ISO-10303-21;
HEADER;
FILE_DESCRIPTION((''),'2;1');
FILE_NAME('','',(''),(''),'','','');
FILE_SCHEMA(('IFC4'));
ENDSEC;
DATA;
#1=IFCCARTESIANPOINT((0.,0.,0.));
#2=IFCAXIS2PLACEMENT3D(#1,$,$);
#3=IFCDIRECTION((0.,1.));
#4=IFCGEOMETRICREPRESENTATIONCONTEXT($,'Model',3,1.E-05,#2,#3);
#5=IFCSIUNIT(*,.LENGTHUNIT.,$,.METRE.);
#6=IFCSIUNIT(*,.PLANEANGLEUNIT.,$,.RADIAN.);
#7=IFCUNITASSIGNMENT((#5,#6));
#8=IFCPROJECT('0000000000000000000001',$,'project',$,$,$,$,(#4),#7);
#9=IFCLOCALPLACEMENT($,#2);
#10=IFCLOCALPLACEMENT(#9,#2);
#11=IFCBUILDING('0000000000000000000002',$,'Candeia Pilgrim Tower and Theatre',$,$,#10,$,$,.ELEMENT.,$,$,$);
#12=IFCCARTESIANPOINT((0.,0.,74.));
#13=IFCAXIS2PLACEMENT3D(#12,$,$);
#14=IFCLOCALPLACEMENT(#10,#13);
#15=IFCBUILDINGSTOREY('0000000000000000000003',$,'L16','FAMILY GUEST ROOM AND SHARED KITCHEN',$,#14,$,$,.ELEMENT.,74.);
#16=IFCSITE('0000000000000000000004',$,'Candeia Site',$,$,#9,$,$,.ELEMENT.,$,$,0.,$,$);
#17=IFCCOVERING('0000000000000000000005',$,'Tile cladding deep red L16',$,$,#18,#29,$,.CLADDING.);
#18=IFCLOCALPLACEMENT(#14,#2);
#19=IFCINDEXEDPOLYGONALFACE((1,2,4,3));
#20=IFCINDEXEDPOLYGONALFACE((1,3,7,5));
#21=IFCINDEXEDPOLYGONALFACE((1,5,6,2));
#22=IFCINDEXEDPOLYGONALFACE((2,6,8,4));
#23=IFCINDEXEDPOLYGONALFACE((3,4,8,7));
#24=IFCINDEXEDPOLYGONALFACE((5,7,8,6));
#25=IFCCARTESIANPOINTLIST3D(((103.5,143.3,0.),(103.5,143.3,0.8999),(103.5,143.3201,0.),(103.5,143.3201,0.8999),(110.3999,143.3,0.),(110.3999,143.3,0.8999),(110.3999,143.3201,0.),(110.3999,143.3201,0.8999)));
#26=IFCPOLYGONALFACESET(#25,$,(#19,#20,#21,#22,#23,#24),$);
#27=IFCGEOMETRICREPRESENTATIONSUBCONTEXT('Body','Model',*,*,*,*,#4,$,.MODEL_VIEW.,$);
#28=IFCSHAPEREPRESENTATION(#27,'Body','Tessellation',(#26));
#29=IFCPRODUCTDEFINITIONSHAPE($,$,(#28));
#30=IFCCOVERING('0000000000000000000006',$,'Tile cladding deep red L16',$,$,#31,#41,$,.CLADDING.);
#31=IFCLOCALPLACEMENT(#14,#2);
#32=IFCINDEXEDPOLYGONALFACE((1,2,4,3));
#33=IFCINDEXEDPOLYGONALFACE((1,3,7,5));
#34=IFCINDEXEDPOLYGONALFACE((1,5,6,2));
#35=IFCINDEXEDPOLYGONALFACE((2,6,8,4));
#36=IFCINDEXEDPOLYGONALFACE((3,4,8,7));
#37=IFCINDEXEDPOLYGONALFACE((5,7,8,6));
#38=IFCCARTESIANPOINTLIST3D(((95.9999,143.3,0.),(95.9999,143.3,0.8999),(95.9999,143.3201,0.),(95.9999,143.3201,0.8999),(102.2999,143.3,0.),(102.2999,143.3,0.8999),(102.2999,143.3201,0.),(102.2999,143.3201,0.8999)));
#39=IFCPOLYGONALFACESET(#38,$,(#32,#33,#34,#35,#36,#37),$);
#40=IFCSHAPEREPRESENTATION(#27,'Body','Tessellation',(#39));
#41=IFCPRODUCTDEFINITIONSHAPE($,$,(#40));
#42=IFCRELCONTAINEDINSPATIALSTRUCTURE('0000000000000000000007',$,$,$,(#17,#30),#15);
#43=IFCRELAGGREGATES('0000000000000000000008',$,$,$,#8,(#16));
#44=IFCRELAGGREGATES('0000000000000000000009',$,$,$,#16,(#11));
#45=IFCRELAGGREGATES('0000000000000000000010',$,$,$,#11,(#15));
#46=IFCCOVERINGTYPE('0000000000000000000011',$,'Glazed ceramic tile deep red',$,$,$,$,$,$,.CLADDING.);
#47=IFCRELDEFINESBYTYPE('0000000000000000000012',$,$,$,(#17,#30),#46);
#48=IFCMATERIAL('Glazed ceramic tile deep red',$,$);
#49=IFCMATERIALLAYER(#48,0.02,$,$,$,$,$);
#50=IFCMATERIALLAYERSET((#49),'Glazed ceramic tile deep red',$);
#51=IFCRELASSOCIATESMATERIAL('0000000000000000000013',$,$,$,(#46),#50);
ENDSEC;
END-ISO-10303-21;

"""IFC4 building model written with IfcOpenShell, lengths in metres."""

from ifc_helpers import new_model, si_unit, direction, frame, origin, origin_2d, place, context, subcontext, project, spatial, rectangle, extrude, material, layer, layer_set, type_object, element, save


model = new_model("IFC4")

# Units and contexts
model_context = context("Model", 3, precision=1e-05, world=origin(), true_north=direction((0.0, 1.0)))
body_context = subcontext(model_context, "Body", "Model", "MODEL_VIEW")
ifc_project = project(units=[si_unit("LENGTHUNIT", "METRE"), si_unit("PLANEANGLEUNIT", "RADIAN")], contexts=[model_context])

# Site, building, storey
site_placement = place(None, origin())
site = spatial("IfcSite", under=ifc_project, at=site_placement, Name="Candeia Site", CompositionType="ELEMENT", RefElevation=0.0)
building_placement = place(site_placement, origin())
building = spatial("IfcBuilding", under=site, at=building_placement, Name="Candeia Pilgrim Tower and Theatre", CompositionType="ELEMENT")
storey_placement = place(building_placement, frame((0.0, 0.0, 74.0)))
storey = spatial("IfcBuildingStorey", under=building, at=storey_placement, Name="L16", Description="FAMILY GUEST ROOM AND SHARED KITCHEN", CompositionType="ELEMENT", Elevation=74.0)

# Coverings
ifc_material_1 = material(Name="Glazed ceramic tile deep red")
ifc_layer_1 = layer(ifc_material_1, 0.02)
ifc_layer_set_1 = layer_set([ifc_layer_1], Name="Glazed ceramic tile deep red")
covering_type = type_object("IfcCoveringType", Name="Glazed ceramic tile deep red", PredefinedType="CLADDING", material=ifc_layer_set_1)
covering_1_placement = place(storey_placement, frame((106.95, 143.3101, 0.0), z_axis=(0.0, 0.0, 1.0), x_axis=(-1.0, 0.0, 0.0)))
element("IfcCovering", 1, at=covering_1_placement, inside=storey, type_object=covering_type, Name="Tile cladding deep red L16", PredefinedType="CLADDING", context=body_context, shape_type="SweptSolid", body=[
    extrude(rectangle(XDim=6.8999, YDim=0.02, at=origin_2d()), origin(), (0.0, 0.0, 1.0), 0.8999),
])
covering_2_placement = place(storey_placement, frame((99.1499, 143.3101, 0.0), z_axis=(0.0, 0.0, 1.0), x_axis=(-1.0, 0.0, 0.0)))
element("IfcCovering", 2, at=covering_2_placement, inside=storey, type_object=covering_type, Name="Tile cladding deep red L16", PredefinedType="CLADDING", context=body_context, shape_type="SweptSolid", body=[
    extrude(rectangle(XDim=6.3, YDim=0.02, at=origin_2d()), origin(), (0.0, 0.0, 1.0), 0.8999),
])

save(model, "model.ifc")
